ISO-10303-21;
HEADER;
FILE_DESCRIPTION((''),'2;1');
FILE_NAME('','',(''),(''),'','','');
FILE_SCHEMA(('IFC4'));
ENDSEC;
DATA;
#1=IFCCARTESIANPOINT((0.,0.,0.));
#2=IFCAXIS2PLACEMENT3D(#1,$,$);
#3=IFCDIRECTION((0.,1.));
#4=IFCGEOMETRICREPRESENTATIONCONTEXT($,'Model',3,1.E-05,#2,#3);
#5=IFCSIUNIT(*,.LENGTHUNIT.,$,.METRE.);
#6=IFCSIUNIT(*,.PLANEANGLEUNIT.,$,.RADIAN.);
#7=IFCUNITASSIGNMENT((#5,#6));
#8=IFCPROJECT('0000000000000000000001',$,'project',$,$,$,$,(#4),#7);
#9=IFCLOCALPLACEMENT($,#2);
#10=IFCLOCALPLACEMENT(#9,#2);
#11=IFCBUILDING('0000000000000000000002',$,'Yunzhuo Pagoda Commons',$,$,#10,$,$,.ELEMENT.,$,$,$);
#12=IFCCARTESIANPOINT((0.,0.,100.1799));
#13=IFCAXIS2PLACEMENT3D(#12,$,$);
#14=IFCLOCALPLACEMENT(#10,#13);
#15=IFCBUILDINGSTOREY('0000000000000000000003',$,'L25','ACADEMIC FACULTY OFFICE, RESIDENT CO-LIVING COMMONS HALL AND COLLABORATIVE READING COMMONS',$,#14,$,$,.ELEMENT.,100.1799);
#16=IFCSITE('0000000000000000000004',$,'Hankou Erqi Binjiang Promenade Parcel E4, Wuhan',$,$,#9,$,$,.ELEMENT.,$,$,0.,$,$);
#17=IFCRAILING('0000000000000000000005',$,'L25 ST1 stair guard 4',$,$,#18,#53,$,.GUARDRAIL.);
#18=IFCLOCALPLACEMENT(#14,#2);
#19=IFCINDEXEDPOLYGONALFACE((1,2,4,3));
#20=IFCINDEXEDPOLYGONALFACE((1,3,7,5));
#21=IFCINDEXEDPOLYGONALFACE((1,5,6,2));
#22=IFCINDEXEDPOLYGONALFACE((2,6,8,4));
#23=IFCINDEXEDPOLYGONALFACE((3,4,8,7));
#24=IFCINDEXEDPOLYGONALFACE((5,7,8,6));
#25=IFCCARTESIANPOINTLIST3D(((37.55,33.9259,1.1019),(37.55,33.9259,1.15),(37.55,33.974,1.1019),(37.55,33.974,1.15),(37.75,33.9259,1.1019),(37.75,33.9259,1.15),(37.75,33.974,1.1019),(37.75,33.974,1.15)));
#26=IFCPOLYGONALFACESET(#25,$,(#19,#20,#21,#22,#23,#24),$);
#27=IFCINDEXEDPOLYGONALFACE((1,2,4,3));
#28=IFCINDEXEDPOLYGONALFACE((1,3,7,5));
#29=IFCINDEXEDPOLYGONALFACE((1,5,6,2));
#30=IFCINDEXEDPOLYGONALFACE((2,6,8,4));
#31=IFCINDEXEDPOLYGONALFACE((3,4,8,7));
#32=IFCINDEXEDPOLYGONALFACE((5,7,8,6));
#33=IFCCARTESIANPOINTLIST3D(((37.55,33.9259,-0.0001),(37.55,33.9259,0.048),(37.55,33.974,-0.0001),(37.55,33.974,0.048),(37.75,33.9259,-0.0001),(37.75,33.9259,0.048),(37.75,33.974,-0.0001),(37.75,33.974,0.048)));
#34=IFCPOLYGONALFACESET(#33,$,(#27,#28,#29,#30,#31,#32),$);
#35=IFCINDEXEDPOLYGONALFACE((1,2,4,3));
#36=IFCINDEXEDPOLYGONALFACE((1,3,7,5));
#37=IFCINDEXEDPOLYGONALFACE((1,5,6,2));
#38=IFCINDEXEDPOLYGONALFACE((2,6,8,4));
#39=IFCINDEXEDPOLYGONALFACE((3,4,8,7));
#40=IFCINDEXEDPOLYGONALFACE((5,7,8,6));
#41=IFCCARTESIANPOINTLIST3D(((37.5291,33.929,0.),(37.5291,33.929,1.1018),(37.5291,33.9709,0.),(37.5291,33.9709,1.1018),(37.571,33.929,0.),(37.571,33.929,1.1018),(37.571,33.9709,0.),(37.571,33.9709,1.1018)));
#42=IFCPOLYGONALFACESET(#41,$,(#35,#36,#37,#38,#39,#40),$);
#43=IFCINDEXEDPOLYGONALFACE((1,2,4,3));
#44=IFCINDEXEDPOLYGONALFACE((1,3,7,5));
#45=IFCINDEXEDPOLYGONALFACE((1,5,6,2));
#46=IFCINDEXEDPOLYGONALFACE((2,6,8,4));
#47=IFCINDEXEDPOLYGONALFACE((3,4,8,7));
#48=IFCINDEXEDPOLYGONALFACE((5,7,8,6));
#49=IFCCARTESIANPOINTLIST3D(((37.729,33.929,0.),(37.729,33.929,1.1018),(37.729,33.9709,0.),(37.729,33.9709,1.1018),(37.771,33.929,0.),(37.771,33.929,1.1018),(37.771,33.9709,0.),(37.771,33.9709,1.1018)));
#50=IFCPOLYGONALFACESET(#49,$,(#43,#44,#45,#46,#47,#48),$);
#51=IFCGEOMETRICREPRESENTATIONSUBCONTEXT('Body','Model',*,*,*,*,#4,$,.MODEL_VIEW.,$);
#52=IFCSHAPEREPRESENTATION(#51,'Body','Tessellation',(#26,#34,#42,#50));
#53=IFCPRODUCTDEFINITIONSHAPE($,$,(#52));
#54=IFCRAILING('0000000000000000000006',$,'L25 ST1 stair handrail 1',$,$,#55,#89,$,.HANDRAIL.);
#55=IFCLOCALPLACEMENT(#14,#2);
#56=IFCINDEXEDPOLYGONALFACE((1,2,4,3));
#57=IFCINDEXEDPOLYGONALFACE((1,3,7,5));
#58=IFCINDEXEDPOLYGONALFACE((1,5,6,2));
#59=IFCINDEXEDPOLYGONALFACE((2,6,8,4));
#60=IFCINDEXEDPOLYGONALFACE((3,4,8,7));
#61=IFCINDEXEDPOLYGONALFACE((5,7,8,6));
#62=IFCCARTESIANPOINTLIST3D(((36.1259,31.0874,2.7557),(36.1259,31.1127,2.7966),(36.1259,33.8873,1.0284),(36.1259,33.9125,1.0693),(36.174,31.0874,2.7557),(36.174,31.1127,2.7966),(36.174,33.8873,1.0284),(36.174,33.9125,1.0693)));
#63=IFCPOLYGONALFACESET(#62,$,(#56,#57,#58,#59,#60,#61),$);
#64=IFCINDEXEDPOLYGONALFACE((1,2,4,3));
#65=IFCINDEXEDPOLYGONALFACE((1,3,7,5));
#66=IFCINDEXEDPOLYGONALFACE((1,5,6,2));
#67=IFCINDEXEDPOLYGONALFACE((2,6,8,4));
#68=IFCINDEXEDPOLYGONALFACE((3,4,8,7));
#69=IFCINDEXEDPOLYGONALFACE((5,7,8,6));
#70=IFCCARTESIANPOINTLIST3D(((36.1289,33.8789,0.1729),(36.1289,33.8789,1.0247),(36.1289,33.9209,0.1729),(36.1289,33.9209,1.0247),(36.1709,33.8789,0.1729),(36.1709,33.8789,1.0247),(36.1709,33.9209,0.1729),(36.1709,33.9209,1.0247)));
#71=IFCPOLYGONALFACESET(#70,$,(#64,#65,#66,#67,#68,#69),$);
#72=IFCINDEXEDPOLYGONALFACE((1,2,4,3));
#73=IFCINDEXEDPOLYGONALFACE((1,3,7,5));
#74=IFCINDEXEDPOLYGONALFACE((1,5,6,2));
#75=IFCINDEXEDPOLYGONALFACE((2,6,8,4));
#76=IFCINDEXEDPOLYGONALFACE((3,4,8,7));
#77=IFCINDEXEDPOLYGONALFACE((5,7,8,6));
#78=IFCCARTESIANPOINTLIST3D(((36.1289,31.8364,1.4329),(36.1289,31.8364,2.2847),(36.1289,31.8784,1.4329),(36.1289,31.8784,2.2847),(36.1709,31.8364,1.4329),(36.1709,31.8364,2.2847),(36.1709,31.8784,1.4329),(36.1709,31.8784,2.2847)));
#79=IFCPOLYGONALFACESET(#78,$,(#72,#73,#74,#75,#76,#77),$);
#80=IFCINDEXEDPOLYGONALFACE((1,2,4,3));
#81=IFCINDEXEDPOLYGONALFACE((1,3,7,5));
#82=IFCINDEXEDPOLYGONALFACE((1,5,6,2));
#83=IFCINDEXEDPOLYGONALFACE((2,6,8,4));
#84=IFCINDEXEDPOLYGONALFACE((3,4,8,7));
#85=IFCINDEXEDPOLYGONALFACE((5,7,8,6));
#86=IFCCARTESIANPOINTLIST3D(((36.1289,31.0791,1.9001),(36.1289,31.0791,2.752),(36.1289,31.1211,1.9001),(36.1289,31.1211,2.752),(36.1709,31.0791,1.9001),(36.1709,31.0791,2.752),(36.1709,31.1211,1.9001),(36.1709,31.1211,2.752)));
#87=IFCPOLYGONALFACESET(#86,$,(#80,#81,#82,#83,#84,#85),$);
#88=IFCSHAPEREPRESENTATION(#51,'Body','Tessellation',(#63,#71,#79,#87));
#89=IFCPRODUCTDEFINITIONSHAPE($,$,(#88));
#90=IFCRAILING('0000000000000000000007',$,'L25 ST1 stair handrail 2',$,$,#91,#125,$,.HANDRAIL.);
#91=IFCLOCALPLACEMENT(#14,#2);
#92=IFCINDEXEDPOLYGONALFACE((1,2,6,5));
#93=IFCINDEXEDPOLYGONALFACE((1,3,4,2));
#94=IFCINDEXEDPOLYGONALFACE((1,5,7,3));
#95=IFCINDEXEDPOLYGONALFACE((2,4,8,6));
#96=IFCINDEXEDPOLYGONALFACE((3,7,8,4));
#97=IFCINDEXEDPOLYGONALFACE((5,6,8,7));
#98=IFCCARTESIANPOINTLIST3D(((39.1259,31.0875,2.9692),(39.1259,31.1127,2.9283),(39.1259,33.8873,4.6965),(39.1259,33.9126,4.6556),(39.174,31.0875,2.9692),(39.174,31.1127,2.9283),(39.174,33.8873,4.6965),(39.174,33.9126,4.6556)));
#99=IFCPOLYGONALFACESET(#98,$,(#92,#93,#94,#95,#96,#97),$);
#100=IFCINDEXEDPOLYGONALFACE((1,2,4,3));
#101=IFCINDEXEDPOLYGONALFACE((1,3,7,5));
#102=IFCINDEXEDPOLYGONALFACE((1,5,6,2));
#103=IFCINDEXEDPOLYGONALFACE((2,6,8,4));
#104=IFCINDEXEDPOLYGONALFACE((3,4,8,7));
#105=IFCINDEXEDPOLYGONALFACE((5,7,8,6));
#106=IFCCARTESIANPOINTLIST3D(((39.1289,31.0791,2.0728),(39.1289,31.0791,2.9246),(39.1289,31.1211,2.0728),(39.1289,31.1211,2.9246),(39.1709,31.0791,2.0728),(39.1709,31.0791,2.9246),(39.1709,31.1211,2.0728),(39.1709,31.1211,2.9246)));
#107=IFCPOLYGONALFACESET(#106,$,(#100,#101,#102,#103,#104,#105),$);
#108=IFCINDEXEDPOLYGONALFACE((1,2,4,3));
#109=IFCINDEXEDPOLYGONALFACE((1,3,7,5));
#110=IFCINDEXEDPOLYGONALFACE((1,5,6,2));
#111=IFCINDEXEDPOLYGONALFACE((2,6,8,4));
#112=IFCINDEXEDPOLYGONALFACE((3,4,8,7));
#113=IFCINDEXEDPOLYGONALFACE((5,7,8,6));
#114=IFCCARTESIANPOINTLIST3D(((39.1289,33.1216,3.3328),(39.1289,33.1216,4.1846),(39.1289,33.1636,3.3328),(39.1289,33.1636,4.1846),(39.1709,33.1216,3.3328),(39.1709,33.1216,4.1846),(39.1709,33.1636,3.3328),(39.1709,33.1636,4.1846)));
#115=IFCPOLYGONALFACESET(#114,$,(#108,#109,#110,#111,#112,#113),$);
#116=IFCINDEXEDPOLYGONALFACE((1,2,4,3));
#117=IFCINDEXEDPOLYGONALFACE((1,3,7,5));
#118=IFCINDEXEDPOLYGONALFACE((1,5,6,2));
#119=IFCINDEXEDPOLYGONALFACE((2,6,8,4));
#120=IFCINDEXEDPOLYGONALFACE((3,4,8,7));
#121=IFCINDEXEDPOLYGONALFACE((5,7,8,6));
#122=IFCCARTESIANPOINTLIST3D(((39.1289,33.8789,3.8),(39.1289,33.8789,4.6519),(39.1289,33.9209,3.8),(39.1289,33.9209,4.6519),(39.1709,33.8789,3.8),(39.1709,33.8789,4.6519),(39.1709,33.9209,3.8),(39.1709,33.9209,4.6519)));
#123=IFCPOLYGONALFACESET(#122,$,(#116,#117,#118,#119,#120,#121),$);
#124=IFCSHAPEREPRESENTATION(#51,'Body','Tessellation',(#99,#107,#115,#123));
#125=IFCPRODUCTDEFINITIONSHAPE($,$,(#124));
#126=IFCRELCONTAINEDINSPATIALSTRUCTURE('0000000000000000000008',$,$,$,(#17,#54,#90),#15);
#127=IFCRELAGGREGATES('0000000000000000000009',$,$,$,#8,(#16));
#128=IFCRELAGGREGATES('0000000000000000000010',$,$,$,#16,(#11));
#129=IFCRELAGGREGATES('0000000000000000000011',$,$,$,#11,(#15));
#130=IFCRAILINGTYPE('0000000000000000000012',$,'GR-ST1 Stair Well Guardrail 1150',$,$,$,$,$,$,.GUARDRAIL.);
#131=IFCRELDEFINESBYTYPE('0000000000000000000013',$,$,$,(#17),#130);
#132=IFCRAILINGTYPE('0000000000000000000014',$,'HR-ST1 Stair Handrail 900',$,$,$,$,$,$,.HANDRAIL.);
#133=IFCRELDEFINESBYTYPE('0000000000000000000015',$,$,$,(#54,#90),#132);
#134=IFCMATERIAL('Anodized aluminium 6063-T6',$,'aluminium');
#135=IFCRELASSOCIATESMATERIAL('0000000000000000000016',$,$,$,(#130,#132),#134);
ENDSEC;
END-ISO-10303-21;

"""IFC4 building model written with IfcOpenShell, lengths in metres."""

from ifc_helpers import new_model, si_unit, direction, frame, origin, origin_2d, place, context, subcontext, project, spatial, rectangle, extrude, material, type_object, element, save


model = new_model("IFC4")

# Units and contexts
model_context = context("Model", 3, precision=1e-05, world=origin(), true_north=direction((0.0, 1.0)))
body_context = subcontext(model_context, "Body", "Model", "MODEL_VIEW")
ifc_project = project(units=[si_unit("LENGTHUNIT", "METRE"), si_unit("PLANEANGLEUNIT", "RADIAN")], contexts=[model_context])

# Site, building, storey
site_placement = place(None, origin())
site = spatial("IfcSite", under=ifc_project, at=site_placement, Name="Hankou Erqi Binjiang Promenade Parcel E4, Wuhan", CompositionType="ELEMENT", RefElevation=0.0)
building_placement = place(site_placement, origin())
building = spatial("IfcBuilding", under=site, at=building_placement, Name="Yunzhuo Pagoda Commons", CompositionType="ELEMENT")
storey_placement = place(building_placement, frame((0.0, 0.0, 100.1799)))
storey = spatial("IfcBuildingStorey", under=building, at=storey_placement, Name="L25", Description="ACADEMIC FACULTY OFFICE, RESIDENT CO-LIVING COMMONS HALL AND COLLABORATIVE READING COMMONS", CompositionType="ELEMENT", Elevation=100.1799)

# Railings
ifc_material_1 = material(Name="Anodized aluminium 6063-T6", Category="aluminium")
railing_type_1 = type_object("IfcRailingType", Name="GR-ST1 Stair Well Guardrail 1150", PredefinedType="GUARDRAIL", material=ifc_material_1)
railing_1_placement = place(storey_placement, frame((37.55, 33.95, 0.0)))
element("IfcRailing", 1, at=railing_1_placement, inside=storey, type_object=railing_type_1, Name="L25 ST1 stair guard 4", PredefinedType="GUARDRAIL", context=body_context, shape_type="SweptSolid", body=[
    extrude(rectangle(XDim=0.0481, YDim=0.0481, at=origin_2d()), frame((0.0, 0.0, 1.126), z_axis=(1.0, 0.0, 0.0), x_axis=(0.0, 1.0, 0.0)), (0.0, 0.0, 1.0), 0.2),
    extrude(rectangle(XDim=0.0481, YDim=0.0481, at=origin_2d()), frame((0.0, 0.0, 0.0239), z_axis=(1.0, 0.0, 0.0), x_axis=(0.0, 1.0, 0.0)), (0.0, 0.0, 1.0), 0.2),
    extrude(rectangle(XDim=0.042, YDim=0.042, at=origin_2d()), origin(), (0.0, 0.0, 1.0), 1.1018),
    extrude(rectangle(XDim=0.042, YDim=0.042, at=origin_2d()), frame((0.2, 0.0, 0.0)), (0.0, 0.0, 1.0), 1.1018),
])
railing_type_2 = type_object("IfcRailingType", Name="HR-ST1 Stair Handrail 900", PredefinedType="HANDRAIL", material=ifc_material_1)
railing_2_placement = place(storey_placement, frame((36.1499, 33.8999, 0.1729)))
element("IfcRailing", 2, at=railing_2_placement, inside=storey, type_object=railing_type_2, Name="L25 ST1 stair handrail 1", PredefinedType="HANDRAIL", context=body_context, shape_type="SweptSolid", body=[
    extrude(rectangle(XDim=0.0481, YDim=0.0481, at=origin_2d()), frame((0.0, 0.0, 0.876), z_axis=(0.0, -0.851069, 0.525054), x_axis=(1.0, 0.0, 0.0)), (0.0, 0.0, 1.0), 3.2898),
    extrude(rectangle(XDim=0.042, YDim=0.042, at=origin_2d()), origin(), (0.0, 0.0, 1.0), 0.8518),
    extrude(rectangle(XDim=0.042, YDim=0.042, at=origin_2d()), frame((0.0, -2.0425, 1.26)), (0.0, 0.0, 1.0), 0.8518),
    extrude(rectangle(XDim=0.042, YDim=0.042, at=origin_2d()), frame((0.0, -2.7998, 1.7273)), (0.0, 0.0, 1.0), 0.8518),
])
railing_3_placement = place(storey_placement, frame((39.1499, 31.1001, 2.0728)))
element("IfcRailing", 3, at=railing_3_placement, inside=storey, type_object=railing_type_2, Name="L25 ST1 stair handrail 2", PredefinedType="HANDRAIL", context=body_context, shape_type="SweptSolid", body=[
    extrude(rectangle(XDim=0.0481, YDim=0.0481, at=origin_2d()), frame((0.0, 0.0, 0.876), z_axis=(0.0, 0.851069, 0.525054), x_axis=(-1.0, 0.0, 0.0)), (0.0, 0.0, 1.0), 3.2898),
    extrude(rectangle(XDim=0.042, YDim=0.042, at=origin_2d()), origin(), (0.0, 0.0, 1.0), 0.8518),
    extrude(rectangle(XDim=0.042, YDim=0.042, at=origin_2d()), frame((0.0, 2.0425, 1.26)), (0.0, 0.0, 1.0), 0.8518),
    extrude(rectangle(XDim=0.042, YDim=0.042, at=origin_2d()), frame((0.0, 2.7998, 1.7273)), (0.0, 0.0, 1.0), 0.8518),
])

save(model, "model.ifc")
